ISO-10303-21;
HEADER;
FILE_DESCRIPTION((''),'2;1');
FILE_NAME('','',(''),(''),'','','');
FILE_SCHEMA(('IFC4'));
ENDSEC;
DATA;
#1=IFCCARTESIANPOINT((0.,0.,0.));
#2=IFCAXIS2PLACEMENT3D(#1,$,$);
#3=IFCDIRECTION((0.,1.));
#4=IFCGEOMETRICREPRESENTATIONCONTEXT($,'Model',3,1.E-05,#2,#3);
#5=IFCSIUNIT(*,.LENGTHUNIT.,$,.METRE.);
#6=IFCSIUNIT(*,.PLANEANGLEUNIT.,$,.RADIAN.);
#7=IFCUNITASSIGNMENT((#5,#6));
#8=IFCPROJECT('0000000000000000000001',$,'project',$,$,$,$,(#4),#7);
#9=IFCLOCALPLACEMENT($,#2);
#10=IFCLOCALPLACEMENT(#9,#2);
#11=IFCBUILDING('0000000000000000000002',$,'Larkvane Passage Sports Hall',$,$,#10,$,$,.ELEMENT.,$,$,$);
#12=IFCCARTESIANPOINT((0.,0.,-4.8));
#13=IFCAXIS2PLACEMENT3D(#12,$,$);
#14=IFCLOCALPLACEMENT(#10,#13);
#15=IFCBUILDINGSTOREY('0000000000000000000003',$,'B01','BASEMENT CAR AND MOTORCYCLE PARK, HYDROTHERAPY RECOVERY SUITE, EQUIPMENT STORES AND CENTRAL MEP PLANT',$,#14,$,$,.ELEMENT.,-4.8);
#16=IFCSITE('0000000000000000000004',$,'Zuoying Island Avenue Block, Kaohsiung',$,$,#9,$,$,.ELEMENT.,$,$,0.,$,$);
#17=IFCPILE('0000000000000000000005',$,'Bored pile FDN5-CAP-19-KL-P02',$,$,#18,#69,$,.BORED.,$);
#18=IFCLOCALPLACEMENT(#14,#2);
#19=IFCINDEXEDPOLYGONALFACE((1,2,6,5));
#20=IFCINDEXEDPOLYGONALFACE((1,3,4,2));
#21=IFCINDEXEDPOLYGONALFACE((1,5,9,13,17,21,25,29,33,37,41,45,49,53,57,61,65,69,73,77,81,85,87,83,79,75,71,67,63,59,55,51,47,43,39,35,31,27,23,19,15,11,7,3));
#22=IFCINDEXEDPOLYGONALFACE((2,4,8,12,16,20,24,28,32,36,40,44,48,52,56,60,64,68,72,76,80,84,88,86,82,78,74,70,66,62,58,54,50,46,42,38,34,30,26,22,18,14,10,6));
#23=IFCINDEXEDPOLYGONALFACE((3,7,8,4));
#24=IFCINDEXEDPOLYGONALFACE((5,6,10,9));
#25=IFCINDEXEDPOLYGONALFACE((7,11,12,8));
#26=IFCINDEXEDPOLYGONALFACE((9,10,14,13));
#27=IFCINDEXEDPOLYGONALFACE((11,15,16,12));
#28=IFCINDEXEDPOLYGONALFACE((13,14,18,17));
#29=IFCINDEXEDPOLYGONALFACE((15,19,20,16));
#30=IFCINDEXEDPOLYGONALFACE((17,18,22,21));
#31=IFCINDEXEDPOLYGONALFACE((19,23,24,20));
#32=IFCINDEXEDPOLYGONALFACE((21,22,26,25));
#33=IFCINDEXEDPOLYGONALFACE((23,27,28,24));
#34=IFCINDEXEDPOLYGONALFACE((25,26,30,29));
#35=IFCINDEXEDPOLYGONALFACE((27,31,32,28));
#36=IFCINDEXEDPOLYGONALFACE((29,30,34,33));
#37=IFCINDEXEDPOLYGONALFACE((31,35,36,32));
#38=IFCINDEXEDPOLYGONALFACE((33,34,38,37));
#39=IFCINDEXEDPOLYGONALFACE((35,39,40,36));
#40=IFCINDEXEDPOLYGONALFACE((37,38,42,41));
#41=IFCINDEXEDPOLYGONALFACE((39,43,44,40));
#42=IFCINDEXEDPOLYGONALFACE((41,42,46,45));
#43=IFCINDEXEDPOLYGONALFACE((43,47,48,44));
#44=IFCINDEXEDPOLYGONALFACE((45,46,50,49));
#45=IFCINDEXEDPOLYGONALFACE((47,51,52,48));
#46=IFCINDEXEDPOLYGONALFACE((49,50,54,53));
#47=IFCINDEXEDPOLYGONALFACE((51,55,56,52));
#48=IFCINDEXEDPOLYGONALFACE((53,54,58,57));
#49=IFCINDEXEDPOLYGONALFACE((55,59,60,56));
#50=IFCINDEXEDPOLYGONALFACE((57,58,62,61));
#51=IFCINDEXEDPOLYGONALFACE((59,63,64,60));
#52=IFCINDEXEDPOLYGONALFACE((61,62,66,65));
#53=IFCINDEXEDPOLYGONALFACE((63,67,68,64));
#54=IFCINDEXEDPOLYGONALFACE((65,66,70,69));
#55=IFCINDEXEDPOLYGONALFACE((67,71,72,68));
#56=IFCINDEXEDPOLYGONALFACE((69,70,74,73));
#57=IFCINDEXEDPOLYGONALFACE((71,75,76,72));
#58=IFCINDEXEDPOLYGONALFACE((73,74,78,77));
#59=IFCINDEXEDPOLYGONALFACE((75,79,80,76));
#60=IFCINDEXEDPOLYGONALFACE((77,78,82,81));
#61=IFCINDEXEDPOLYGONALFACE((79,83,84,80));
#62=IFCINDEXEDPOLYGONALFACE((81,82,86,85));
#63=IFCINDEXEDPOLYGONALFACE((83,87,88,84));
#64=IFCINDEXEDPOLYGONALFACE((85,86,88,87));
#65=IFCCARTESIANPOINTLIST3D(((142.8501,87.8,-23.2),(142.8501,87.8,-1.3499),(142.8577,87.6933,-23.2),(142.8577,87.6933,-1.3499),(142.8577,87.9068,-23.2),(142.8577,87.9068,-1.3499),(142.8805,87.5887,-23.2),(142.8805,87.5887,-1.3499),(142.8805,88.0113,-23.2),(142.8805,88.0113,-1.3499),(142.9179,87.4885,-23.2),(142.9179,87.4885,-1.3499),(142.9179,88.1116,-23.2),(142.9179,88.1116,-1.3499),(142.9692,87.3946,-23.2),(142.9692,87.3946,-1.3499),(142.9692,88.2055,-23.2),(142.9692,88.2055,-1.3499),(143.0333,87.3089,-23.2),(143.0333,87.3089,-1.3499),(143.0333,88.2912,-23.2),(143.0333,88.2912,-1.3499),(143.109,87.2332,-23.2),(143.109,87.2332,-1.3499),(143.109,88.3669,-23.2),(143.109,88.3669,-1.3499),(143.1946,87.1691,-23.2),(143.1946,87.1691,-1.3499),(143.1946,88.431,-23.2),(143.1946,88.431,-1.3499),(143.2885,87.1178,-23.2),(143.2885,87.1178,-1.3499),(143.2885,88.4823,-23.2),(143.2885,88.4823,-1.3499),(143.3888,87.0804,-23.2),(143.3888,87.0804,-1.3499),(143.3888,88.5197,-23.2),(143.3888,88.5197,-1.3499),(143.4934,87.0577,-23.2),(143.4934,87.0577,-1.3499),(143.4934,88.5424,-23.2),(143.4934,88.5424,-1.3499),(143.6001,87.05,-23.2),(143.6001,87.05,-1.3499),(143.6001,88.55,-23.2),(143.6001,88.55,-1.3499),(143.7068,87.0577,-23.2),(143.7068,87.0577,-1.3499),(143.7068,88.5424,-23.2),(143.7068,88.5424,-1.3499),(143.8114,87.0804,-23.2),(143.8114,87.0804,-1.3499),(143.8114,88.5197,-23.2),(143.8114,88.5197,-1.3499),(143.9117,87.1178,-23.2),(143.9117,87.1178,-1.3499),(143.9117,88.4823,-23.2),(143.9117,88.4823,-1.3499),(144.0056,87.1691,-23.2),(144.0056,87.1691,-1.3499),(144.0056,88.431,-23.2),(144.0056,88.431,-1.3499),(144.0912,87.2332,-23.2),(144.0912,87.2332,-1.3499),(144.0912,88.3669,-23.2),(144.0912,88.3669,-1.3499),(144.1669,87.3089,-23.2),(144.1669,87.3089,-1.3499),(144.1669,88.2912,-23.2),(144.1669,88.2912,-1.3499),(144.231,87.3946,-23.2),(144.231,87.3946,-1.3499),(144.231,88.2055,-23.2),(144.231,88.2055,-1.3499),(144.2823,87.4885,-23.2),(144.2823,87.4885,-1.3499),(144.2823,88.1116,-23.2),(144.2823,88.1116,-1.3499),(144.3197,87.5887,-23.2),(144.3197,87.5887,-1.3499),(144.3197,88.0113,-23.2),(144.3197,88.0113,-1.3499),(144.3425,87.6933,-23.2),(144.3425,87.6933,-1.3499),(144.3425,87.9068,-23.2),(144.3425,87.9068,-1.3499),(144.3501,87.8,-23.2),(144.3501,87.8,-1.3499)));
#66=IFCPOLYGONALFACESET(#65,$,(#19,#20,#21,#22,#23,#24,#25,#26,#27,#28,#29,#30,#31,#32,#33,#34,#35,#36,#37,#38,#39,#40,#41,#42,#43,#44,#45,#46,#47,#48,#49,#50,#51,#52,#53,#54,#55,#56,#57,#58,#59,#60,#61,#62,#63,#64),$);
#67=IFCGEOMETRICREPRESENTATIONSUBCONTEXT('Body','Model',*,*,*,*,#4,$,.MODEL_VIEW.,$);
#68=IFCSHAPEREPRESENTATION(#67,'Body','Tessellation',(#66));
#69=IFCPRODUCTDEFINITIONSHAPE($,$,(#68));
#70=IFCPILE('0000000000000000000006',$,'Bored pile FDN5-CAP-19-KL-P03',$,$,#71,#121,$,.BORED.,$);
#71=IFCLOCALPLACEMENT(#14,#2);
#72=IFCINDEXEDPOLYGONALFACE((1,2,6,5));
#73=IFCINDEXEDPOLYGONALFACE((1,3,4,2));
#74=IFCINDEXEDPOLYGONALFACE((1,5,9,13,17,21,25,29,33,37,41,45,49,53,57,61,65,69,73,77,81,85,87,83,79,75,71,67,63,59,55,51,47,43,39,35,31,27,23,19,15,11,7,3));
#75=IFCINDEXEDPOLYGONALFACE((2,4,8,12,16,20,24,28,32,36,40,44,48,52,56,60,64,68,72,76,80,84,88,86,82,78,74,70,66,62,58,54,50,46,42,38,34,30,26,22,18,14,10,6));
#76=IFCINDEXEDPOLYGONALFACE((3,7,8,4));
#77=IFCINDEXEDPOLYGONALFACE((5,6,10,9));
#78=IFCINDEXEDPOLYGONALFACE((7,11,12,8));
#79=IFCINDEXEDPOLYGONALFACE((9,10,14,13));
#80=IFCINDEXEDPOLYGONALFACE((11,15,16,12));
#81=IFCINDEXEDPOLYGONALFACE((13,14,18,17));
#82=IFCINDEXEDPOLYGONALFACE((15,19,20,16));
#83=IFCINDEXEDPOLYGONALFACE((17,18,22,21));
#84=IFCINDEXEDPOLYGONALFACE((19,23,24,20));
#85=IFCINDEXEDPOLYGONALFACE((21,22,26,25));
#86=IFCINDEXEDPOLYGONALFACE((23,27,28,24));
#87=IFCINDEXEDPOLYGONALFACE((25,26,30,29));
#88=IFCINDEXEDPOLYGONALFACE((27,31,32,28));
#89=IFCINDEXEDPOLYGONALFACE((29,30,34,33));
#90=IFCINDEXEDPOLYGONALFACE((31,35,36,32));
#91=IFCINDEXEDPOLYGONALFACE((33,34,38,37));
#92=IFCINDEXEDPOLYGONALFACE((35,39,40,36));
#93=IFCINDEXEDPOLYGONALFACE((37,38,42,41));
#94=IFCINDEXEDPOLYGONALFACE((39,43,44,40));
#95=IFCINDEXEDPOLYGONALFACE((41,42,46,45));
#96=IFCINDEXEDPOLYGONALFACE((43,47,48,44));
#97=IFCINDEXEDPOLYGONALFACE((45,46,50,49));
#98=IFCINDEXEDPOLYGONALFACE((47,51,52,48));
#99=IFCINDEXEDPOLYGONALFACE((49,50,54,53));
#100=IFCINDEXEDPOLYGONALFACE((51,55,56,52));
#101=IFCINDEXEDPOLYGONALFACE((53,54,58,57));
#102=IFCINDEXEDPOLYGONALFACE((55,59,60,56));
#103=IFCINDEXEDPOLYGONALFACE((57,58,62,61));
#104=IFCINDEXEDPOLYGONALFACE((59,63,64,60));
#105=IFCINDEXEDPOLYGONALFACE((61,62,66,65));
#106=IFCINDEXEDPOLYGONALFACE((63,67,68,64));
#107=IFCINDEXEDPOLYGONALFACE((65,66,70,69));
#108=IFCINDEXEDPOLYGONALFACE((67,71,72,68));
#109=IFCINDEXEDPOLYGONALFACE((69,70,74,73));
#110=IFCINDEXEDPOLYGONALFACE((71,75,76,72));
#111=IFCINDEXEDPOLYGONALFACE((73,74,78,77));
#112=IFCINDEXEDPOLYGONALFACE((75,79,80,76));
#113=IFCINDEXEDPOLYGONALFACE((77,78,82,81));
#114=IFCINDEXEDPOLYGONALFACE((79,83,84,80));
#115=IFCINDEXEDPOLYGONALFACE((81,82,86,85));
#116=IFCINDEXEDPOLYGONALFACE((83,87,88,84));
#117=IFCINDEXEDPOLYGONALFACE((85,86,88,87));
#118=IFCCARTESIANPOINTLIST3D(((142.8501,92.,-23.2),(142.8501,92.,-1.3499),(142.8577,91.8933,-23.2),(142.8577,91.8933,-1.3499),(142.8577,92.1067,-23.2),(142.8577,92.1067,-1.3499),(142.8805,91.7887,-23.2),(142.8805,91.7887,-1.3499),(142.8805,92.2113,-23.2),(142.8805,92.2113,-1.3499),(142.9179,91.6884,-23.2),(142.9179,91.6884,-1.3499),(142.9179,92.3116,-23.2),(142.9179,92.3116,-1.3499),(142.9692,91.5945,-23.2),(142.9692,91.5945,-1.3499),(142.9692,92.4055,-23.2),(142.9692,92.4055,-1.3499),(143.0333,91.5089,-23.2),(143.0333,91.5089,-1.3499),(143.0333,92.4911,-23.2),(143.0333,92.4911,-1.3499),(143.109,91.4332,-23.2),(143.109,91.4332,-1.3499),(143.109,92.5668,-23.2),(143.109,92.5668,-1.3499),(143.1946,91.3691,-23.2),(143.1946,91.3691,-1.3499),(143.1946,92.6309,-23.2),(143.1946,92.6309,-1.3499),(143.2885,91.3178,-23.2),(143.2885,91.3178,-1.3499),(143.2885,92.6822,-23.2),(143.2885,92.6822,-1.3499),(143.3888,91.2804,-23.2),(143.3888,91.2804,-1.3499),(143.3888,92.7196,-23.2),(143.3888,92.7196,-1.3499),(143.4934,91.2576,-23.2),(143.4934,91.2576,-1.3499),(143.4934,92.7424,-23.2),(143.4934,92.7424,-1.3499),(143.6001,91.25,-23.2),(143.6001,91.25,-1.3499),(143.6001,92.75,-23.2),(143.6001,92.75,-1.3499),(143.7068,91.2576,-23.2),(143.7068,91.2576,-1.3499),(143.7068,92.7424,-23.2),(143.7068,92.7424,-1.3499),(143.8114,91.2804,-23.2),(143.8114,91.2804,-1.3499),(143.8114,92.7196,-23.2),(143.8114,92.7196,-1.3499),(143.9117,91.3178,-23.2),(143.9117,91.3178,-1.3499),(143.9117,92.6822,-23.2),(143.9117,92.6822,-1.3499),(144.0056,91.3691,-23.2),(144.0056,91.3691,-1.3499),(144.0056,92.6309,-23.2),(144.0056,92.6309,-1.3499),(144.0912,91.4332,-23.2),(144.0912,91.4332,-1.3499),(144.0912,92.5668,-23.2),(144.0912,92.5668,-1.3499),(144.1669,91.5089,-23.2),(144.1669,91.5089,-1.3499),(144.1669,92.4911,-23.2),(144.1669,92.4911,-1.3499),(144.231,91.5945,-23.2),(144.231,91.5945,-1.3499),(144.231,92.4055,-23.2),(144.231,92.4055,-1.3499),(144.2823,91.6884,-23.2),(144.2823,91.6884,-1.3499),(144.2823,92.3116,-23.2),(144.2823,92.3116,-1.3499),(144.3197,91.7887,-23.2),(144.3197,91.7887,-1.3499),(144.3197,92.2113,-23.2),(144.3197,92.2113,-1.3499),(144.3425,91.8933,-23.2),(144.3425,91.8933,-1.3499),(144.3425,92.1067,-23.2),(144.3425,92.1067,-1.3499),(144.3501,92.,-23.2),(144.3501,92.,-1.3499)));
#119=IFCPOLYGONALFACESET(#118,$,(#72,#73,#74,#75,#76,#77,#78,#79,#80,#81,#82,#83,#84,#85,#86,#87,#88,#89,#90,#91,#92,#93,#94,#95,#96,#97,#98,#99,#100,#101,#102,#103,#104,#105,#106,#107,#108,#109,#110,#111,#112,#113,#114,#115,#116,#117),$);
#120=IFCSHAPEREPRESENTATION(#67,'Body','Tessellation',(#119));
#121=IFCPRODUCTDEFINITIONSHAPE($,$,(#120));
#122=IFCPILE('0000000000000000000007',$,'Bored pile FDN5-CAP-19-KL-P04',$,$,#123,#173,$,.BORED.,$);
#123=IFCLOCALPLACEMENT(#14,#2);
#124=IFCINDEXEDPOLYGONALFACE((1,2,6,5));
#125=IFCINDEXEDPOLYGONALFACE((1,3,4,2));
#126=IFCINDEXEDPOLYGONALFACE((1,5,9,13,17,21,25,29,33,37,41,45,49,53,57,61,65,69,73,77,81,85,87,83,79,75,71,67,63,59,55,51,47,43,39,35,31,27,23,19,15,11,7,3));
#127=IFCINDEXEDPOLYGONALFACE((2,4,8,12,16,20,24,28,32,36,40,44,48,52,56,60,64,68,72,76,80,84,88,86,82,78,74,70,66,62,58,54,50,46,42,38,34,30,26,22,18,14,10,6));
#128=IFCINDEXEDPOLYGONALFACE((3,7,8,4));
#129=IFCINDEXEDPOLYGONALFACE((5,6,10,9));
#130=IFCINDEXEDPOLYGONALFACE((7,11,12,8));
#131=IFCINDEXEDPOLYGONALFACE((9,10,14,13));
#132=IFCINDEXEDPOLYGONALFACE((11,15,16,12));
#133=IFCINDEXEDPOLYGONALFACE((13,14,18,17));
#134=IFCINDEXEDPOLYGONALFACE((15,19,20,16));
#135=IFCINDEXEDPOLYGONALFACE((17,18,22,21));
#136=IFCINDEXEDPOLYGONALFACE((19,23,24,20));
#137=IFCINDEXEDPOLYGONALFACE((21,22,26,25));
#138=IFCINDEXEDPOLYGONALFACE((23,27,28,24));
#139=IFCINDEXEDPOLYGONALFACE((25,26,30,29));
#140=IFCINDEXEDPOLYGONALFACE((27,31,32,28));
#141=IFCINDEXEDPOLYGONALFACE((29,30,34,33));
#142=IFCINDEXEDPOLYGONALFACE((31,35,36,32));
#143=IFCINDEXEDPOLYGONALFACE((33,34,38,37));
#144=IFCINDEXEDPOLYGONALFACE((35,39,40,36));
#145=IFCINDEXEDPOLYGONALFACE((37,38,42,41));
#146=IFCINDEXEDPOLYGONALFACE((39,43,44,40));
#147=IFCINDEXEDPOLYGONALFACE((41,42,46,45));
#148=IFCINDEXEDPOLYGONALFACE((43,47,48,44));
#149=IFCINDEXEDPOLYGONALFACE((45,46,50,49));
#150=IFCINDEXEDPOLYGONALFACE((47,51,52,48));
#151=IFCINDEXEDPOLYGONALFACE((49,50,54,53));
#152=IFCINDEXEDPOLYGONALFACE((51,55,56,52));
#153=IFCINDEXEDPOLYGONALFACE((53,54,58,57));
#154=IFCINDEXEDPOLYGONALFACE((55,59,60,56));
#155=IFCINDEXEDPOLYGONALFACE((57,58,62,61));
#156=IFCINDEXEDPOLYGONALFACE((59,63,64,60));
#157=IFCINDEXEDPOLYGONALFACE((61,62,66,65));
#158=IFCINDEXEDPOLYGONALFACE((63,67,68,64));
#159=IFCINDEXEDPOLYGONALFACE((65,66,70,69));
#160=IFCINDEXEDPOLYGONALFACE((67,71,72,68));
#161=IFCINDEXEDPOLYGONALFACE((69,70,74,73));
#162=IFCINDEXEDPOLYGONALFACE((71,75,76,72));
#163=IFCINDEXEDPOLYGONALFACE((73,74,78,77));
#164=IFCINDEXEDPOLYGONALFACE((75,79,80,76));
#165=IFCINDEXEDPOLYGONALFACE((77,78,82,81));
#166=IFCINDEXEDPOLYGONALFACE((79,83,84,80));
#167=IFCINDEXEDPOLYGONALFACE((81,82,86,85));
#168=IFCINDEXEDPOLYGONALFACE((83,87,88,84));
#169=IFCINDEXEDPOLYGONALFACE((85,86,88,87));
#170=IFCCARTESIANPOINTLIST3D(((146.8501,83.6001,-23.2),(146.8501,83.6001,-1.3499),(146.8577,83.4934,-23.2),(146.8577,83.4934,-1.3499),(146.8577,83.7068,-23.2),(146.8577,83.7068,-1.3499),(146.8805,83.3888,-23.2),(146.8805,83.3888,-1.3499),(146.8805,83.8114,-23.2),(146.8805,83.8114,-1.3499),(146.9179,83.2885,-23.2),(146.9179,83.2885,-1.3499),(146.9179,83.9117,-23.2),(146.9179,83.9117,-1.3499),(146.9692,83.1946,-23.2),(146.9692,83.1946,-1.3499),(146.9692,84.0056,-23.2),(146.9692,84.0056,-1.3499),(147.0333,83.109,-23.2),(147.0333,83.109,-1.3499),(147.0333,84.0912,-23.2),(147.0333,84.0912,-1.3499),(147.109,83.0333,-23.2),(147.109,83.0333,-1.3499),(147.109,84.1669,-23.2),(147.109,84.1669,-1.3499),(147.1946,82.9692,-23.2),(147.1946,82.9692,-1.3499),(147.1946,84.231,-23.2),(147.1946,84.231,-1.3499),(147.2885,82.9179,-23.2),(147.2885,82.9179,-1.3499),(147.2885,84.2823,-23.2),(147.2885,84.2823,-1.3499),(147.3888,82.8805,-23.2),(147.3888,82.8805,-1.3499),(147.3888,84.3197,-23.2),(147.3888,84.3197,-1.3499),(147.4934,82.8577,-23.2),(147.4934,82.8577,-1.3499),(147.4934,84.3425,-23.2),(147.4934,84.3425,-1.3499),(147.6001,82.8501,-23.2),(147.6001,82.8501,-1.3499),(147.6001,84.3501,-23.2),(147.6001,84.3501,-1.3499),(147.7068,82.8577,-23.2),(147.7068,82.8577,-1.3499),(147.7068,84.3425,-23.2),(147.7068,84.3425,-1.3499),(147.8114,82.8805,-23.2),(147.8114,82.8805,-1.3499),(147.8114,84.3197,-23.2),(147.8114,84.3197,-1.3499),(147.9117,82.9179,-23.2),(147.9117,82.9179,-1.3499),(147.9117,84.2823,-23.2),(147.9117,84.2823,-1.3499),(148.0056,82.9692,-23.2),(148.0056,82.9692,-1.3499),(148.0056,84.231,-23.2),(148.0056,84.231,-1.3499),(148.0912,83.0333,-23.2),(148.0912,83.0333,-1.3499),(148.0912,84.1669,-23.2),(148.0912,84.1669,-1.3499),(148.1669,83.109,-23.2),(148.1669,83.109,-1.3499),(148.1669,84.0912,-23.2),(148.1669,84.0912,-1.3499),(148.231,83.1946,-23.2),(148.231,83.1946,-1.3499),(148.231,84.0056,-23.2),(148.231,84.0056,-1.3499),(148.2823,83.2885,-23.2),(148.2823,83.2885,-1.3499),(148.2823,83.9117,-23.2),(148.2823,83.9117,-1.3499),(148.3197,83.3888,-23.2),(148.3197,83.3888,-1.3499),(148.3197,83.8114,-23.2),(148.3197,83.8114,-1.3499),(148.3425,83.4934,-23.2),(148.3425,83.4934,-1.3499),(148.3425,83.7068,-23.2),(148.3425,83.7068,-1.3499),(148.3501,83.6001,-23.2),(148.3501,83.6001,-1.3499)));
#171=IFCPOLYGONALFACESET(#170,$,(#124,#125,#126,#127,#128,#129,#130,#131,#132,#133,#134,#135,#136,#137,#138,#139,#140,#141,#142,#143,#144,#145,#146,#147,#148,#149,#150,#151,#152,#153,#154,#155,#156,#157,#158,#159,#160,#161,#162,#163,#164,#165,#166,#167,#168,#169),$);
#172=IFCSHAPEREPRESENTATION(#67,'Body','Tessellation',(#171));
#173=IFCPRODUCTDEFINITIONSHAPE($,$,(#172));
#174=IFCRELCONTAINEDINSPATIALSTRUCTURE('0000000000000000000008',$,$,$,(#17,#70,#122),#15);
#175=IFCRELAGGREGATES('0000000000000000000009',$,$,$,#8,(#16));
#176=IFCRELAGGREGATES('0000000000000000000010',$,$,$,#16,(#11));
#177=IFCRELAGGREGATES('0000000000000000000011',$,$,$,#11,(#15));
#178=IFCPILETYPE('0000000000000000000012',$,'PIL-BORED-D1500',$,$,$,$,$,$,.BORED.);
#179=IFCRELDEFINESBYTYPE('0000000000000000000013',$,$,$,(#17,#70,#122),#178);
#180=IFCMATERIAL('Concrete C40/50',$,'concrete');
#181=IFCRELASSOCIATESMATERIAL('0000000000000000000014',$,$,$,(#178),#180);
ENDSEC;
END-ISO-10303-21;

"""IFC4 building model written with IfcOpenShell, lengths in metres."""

from ifc_helpers import new_model, si_unit, direction, frame, origin, origin_2d, place, context, subcontext, project, spatial, circle, extrude, material, material_profile, profile_set, type_object, element, save


model = new_model("IFC4")

# Units and contexts
model_context = context("Model", 3, precision=1e-05, world=origin(), true_north=direction((0.0, 1.0)))
body_context = subcontext(model_context, "Body", "Model", "MODEL_VIEW")
ifc_project = project(units=[si_unit("LENGTHUNIT", "METRE"), si_unit("PLANEANGLEUNIT", "RADIAN")], contexts=[model_context])

# Site, building, storey
site_placement = place(None, origin())
site = spatial("IfcSite", under=ifc_project, at=site_placement, Name="Zuoying Island Avenue Block, Kaohsiung", CompositionType="ELEMENT", RefElevation=0.0)
building_placement = place(site_placement, origin())
building = spatial("IfcBuilding", under=site, at=building_placement, Name="Larkvane Passage Sports Hall", CompositionType="ELEMENT")
storey_placement = place(building_placement, frame((0.0, 0.0, -4.8)))
storey = spatial("IfcBuildingStorey", under=building, at=storey_placement, Name="B01", Description="BASEMENT CAR AND MOTORCYCLE PARK, HYDROTHERAPY RECOVERY SUITE, EQUIPMENT STORES AND CENTRAL MEP PLANT", CompositionType="ELEMENT", Elevation=-4.8)

# Shared definitions
ifc_material_1 = material(Name="Concrete C40/50", Category="concrete")

# Piles
ifc_material_profile_1 = material_profile(ifc_material_1, circle(Radius=0.75, at=origin_2d()), Name="PILE-D1500")
ifc_profile_set_1 = profile_set([ifc_material_profile_1], Name="Concrete C40/50")
pile_type_1 = type_object("IfcPileType", Name="PIL-BORED-D1500", PredefinedType="BORED", material=ifc_profile_set_1)
for number, where, z_axis, x_axis, name in (
    (1, (143.6001, 87.8, -1.3499), (0.0, 0.0, -1.0), (1.0, 0.0, 0.0), "Bored pile FDN5-CAP-19-KL-P02"),
    (2, (143.6001, 92.0, -1.3499), (0.0, 0.0, -1.0), (1.0, 0.0, 0.0), "Bored pile FDN5-CAP-19-KL-P03"),
    (3, (147.6001, 83.6001, -1.3499), (0.0, 0.0, -1.0), (1.0, 0.0, 0.0), "Bored pile FDN5-CAP-19-KL-P04"),
):
    element("IfcPile", number, at=place(storey_placement, frame(where, z_axis=z_axis, x_axis=x_axis)), inside=storey, type_object=pile_type_1, Name=name, PredefinedType="BORED", context=body_context, shape_type="SweptSolid", body=[
        extrude(circle(Radius=0.75, at=origin_2d()), origin(), (0.0, 0.0, 1.0), 21.8501),
    ])

save(model, "model.ifc")
